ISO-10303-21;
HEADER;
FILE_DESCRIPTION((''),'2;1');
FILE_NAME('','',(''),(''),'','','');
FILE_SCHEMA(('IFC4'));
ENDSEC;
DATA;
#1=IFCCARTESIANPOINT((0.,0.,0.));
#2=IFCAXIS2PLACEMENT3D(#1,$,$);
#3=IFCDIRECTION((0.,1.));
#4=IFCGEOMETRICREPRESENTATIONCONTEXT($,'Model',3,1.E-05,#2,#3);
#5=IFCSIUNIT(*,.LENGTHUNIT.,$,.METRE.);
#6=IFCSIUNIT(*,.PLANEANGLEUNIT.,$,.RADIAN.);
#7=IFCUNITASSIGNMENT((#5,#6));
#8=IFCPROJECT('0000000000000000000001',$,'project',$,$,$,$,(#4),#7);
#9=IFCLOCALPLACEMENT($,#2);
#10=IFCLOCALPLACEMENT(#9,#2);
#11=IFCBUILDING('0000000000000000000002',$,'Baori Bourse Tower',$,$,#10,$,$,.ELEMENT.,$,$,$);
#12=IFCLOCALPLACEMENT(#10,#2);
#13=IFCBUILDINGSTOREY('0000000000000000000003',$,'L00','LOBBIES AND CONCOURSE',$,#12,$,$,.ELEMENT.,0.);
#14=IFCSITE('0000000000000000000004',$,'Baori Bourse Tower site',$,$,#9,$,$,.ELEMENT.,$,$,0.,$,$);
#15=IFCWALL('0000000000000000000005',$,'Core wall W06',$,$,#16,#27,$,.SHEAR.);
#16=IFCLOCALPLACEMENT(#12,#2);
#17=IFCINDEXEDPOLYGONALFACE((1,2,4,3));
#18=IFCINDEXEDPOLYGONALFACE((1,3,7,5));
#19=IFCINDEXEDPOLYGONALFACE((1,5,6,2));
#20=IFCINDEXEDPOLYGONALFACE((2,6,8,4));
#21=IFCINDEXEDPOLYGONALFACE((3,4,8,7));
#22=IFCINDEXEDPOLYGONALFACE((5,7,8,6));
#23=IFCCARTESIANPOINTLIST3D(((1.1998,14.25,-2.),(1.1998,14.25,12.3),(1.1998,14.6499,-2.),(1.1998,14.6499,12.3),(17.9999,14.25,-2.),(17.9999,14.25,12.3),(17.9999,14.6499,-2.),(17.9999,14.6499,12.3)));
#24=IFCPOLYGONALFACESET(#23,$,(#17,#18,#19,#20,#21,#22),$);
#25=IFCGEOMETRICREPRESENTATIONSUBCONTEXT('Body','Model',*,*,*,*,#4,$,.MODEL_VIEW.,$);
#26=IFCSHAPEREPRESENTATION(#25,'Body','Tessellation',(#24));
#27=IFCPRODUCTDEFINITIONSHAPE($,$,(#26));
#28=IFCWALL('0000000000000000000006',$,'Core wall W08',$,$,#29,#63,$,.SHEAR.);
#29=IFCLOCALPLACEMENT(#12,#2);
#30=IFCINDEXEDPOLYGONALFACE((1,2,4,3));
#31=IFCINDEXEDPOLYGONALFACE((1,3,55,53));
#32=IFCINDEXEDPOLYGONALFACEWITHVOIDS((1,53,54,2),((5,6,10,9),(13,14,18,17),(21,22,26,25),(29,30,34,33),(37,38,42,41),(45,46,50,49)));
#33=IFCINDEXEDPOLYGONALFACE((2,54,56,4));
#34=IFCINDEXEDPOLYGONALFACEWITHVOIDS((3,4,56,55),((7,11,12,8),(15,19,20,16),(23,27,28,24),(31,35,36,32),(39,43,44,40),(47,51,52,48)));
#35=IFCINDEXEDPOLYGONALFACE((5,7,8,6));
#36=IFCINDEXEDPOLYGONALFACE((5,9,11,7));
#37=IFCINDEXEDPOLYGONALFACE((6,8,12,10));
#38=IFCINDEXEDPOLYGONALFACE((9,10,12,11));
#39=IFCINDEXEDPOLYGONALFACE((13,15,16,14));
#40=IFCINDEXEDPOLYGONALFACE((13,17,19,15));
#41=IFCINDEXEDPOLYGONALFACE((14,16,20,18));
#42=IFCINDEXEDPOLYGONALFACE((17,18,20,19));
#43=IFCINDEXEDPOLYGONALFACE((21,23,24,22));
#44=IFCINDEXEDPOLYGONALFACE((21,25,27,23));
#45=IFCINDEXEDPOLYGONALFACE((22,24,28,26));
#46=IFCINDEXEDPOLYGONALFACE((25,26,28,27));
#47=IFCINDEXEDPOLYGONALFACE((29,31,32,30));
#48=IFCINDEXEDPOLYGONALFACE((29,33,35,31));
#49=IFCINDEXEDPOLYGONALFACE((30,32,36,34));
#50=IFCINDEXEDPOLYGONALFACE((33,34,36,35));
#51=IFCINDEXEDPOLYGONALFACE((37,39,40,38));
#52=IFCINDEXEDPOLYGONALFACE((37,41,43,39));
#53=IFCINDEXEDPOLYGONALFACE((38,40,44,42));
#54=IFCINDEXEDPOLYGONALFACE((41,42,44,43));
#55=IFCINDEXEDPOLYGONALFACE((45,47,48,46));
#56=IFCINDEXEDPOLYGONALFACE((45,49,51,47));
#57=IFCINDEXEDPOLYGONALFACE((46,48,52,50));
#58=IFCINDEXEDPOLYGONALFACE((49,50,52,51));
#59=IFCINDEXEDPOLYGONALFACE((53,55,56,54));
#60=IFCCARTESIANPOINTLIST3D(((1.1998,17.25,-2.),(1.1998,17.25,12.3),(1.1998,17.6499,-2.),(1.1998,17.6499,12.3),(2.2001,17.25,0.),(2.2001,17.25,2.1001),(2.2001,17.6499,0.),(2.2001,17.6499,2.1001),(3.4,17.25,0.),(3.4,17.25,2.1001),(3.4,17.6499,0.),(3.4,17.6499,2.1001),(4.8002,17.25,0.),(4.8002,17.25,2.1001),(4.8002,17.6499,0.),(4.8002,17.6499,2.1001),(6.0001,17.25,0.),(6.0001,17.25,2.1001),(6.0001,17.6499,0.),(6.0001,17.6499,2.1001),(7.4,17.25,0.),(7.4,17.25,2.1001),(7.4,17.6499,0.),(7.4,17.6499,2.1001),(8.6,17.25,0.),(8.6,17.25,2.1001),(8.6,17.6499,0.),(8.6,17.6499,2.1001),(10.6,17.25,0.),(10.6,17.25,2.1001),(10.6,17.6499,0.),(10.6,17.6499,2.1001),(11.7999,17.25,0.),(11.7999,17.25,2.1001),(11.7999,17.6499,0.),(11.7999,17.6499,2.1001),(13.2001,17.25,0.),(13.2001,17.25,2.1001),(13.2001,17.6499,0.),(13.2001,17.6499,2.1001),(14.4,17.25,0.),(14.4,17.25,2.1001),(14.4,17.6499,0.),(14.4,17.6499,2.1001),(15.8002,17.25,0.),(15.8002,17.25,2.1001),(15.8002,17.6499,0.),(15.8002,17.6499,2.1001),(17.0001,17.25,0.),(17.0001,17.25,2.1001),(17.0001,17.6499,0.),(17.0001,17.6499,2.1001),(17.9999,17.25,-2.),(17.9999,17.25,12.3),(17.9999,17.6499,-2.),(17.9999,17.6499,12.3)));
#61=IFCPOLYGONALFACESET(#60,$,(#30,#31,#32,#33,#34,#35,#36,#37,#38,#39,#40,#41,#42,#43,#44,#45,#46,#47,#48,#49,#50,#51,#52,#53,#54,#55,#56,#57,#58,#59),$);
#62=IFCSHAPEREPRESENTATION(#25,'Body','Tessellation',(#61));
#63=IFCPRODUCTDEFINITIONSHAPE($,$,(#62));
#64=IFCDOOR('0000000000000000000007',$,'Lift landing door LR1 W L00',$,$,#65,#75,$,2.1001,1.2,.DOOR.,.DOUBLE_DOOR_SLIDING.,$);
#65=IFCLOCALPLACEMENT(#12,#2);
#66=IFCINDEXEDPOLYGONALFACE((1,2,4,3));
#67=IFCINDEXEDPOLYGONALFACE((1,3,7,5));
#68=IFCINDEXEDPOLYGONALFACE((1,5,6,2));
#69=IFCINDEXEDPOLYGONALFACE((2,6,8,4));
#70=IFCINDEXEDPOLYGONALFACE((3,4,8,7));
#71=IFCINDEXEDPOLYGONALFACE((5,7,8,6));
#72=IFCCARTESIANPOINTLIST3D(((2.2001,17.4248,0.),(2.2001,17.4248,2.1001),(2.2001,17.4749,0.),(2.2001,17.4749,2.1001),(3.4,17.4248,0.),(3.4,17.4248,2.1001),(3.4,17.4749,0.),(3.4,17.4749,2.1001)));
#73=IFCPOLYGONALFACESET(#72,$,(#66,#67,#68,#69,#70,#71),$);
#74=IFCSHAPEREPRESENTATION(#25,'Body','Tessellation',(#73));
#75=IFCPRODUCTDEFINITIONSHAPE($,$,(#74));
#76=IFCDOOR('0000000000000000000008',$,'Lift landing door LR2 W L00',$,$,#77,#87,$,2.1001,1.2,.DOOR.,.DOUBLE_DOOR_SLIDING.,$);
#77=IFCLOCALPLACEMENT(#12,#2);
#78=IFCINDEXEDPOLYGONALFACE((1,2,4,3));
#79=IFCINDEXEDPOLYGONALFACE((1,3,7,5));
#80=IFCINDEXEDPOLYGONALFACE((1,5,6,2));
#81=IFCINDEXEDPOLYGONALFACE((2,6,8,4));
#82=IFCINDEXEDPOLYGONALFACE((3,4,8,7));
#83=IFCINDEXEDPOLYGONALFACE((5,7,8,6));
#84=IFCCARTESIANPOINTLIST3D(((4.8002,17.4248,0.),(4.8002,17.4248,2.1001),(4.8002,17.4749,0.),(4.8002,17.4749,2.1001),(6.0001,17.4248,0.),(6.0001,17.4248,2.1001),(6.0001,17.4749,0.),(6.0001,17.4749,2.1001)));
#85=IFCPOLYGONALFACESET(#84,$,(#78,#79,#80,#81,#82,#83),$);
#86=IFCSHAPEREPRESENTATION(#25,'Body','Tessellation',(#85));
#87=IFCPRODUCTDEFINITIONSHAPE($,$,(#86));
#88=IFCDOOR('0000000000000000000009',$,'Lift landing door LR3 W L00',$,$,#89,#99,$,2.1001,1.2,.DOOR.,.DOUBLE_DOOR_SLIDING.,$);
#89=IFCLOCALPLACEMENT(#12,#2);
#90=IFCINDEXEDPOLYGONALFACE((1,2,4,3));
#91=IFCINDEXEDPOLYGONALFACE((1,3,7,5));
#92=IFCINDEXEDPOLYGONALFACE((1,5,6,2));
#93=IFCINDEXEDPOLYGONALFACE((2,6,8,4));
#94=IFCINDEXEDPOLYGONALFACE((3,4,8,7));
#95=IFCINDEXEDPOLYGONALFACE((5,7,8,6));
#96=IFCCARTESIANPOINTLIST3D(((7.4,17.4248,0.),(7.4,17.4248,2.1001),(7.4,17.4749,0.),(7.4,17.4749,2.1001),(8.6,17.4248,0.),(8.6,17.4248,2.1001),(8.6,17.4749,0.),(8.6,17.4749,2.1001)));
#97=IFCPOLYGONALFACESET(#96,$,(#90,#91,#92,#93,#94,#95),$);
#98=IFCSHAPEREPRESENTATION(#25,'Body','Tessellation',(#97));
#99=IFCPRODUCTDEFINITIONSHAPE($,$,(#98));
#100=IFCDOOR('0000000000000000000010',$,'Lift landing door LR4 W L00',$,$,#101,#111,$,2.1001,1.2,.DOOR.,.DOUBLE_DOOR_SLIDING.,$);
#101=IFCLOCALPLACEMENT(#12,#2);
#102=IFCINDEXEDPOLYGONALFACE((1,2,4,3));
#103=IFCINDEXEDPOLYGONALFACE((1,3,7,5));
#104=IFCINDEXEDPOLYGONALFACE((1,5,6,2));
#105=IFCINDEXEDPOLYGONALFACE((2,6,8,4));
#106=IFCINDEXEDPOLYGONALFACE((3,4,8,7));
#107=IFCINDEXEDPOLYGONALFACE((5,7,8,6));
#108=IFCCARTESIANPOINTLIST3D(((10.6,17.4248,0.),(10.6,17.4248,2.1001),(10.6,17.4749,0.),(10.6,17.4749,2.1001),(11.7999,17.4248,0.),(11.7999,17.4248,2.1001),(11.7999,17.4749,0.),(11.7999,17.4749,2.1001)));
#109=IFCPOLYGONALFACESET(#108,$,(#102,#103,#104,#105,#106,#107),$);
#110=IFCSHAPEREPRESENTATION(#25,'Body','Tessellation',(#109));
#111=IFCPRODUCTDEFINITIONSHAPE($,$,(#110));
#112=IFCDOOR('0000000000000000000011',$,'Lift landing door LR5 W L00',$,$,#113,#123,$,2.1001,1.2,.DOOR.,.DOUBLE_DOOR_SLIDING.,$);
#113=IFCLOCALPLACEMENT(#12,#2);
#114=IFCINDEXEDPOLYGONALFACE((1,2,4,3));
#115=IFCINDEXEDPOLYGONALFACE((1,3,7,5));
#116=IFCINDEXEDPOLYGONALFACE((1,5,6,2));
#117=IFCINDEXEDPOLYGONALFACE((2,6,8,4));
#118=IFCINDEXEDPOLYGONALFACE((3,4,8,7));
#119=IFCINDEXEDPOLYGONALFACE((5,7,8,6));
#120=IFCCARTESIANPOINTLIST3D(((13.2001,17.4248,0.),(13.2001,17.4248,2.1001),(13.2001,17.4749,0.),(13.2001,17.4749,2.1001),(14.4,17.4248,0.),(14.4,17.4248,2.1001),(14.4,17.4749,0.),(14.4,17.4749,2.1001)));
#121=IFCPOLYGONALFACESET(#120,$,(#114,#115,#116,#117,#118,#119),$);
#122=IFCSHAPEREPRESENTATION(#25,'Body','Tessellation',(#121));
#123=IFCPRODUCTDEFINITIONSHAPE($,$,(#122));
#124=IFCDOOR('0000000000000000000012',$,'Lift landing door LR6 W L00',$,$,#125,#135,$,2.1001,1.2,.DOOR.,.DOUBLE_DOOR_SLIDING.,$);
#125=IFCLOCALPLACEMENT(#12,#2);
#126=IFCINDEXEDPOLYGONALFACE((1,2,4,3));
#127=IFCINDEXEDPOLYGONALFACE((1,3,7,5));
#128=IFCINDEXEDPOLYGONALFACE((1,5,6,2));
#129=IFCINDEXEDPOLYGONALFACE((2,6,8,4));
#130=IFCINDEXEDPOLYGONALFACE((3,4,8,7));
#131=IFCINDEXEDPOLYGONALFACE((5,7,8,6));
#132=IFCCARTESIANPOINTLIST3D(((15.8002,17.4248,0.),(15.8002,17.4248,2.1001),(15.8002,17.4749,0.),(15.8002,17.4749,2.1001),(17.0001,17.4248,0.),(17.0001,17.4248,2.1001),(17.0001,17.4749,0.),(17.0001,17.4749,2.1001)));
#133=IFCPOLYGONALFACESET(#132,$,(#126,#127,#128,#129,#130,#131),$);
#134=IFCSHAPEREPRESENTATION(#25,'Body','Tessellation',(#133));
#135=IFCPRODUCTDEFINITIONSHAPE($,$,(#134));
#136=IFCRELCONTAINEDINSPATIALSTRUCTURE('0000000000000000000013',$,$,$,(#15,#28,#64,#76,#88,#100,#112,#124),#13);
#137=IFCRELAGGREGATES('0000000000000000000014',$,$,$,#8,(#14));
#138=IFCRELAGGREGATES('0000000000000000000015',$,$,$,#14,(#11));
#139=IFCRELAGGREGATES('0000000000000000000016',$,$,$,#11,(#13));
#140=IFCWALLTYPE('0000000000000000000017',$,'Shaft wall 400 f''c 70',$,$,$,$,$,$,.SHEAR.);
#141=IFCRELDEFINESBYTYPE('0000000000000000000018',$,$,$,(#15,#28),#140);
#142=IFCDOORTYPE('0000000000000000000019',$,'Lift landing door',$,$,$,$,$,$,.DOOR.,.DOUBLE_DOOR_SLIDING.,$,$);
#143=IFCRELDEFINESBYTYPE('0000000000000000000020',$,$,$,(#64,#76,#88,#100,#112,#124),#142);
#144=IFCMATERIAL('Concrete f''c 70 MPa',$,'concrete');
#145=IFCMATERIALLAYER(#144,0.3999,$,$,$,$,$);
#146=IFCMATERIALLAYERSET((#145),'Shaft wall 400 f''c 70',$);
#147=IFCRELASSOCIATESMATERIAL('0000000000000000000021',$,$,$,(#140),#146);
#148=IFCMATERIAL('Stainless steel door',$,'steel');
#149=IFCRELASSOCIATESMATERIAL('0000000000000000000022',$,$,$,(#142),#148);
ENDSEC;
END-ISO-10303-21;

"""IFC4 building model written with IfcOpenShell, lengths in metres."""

from ifc_helpers import new_model, si_unit, direction, frame, frame_2d, origin, place, context, subcontext, project, spatial, rectangle, extrude, material, layer, layer_set, type_object, element, fill, save


model = new_model("IFC4")

# Units and contexts
model_context = context("Model", 3, precision=1e-05, world=origin(), true_north=direction((0.0, 1.0)))
body_context = subcontext(model_context, "Body", "Model", "MODEL_VIEW")
ifc_project = project(units=[si_unit("LENGTHUNIT", "METRE"), si_unit("PLANEANGLEUNIT", "RADIAN")], contexts=[model_context])

# Site, building, storey
site_placement = place(None, origin())
site = spatial("IfcSite", under=ifc_project, at=site_placement, Name="Baori Bourse Tower site", CompositionType="ELEMENT", RefElevation=0.0)
building_placement = place(site_placement, origin())
building = spatial("IfcBuilding", under=site, at=building_placement, Name="Baori Bourse Tower", CompositionType="ELEMENT")
storey_placement = place(building_placement, origin())
storey = spatial("IfcBuildingStorey", under=building, at=storey_placement, Name="L00", Description="LOBBIES AND CONCOURSE", CompositionType="ELEMENT", Elevation=0.0)

# Wall
ifc_material_1 = material(Name="Concrete f'c 70 MPa", Category="concrete")
ifc_layer = layer(ifc_material_1, 0.3999)
ifc_layer_set = layer_set([ifc_layer], Name="Shaft wall 400 f'c 70")
wall_type = type_object("IfcWallType", Name="Shaft wall 400 f'c 70", PredefinedType="SHEAR", material=ifc_layer_set)
wall_1_placement = place(storey_placement, frame((1.2, 14.45, -2.0), z_axis=(0.0, 0.0, 1.0), x_axis=(1.0, 0.0, 0.0)))
element("IfcWall", 1, at=wall_1_placement, inside=storey, type_object=wall_type, Name="Core wall W06", PredefinedType="SHEAR", context=body_context, shape_type="SweptSolid", body=[
    extrude(rectangle(XDim=16.8, YDim=0.3999, at=frame_2d((8.3999, 0.0))), origin(), (0.0, 0.0, 1.0), 14.3),
])

# Wall, openings, doors
wall_2_placement = place(storey_placement, frame((1.2, 17.45, -2.0), z_axis=(0.0, 0.0, 1.0), x_axis=(1.0, 0.0, 0.0)))
wall_2 = element("IfcWall", 2, at=wall_2_placement, inside=storey, type_object=wall_type, Name="Core wall W08", PredefinedType="SHEAR", context=body_context, shape_type="SweptSolid", body=[
    extrude(rectangle(XDim=16.8, YDim=0.3999, at=frame_2d((8.3999, 0.0))), origin(), (0.0, 0.0, 1.0), 14.3),
])
opening_1_placement = place(wall_2_placement, frame((1.0, 0.0, 2.0)))
opening_1 = element("IfcOpeningElement", 3, at=opening_1_placement, cuts=wall_2, PredefinedType="OPENING", context=body_context, shape_type="SweptSolid", body=[
    extrude(rectangle(XDim=1.2, YDim=2.1001, at=frame_2d((0.6001, 1.05))), frame((0.0, 0.21, 0.0), z_axis=(0.0, -1.0, 0.0), x_axis=(1.0, 0.0, 0.0)), (0.0, 0.0, 1.0), 0.4199),
])
opening_2_placement = place(wall_2_placement, frame((3.6001, 0.0, 2.0)))
opening_2 = element("IfcOpeningElement", 4, at=opening_2_placement, cuts=wall_2, PredefinedType="OPENING", context=body_context, shape_type="SweptSolid", body=[
    extrude(rectangle(XDim=1.2, YDim=2.1001, at=frame_2d((0.6001, 1.05))), frame((0.0, 0.21, 0.0), z_axis=(0.0, -1.0, 0.0), x_axis=(1.0, 0.0, 0.0)), (0.0, 0.0, 1.0), 0.4199),
])
opening_3_placement = place(wall_2_placement, frame((6.2, 0.0, 2.0)))
opening_3 = element("IfcOpeningElement", 5, at=opening_3_placement, cuts=wall_2, PredefinedType="OPENING", context=body_context, shape_type="SweptSolid", body=[
    extrude(rectangle(XDim=1.2, YDim=2.1001, at=frame_2d((0.6001, 1.05))), frame((0.0, 0.21, 0.0), z_axis=(0.0, -1.0, 0.0), x_axis=(1.0, 0.0, 0.0)), (0.0, 0.0, 1.0), 0.4199),
])
opening_4_placement = place(wall_2_placement, frame((9.3999, 0.0, 2.0)))
opening_4 = element("IfcOpeningElement", 6, at=opening_4_placement, cuts=wall_2, PredefinedType="OPENING", context=body_context, shape_type="SweptSolid", body=[
    extrude(rectangle(XDim=1.2, YDim=2.1001, at=frame_2d((0.6001, 1.05))), frame((0.0, 0.21, 0.0), z_axis=(0.0, -1.0, 0.0), x_axis=(1.0, 0.0, 0.0)), (0.0, 0.0, 1.0), 0.4199),
])
opening_5_placement = place(wall_2_placement, frame((12.0, 0.0, 2.0)))
opening_5 = element("IfcOpeningElement", 7, at=opening_5_placement, cuts=wall_2, PredefinedType="OPENING", context=body_context, shape_type="SweptSolid", body=[
    extrude(rectangle(XDim=1.2, YDim=2.1001, at=frame_2d((0.6001, 1.05))), frame((0.0, 0.21, 0.0), z_axis=(0.0, -1.0, 0.0), x_axis=(1.0, 0.0, 0.0)), (0.0, 0.0, 1.0), 0.4199),
])
opening_6_placement = place(wall_2_placement, frame((14.6001, 0.0, 2.0)))
opening_6 = element("IfcOpeningElement", 8, at=opening_6_placement, cuts=wall_2, PredefinedType="OPENING", context=body_context, shape_type="SweptSolid", body=[
    extrude(rectangle(XDim=1.2, YDim=2.1001, at=frame_2d((0.6001, 1.05))), frame((0.0, 0.21, 0.0), z_axis=(0.0, -1.0, 0.0), x_axis=(1.0, 0.0, 0.0)), (0.0, 0.0, 1.0), 0.4199),
])
ifc_material_2 = material(Name="Stainless steel door", Category="steel")
door_type_1 = type_object("IfcDoorType", Name="Lift landing door", OperationType="DOUBLE_DOOR_SLIDING", PredefinedType="DOOR", material=ifc_material_2)
door_1_placement = place(opening_1_placement, origin())
door_1 = element("IfcDoor", 9, at=door_1_placement, inside=storey, type_object=door_type_1, Name="Lift landing door LR1 W L00", OperationType="DOUBLE_DOOR_SLIDING", OverallHeight=2.1001, OverallWidth=1.2, PredefinedType="DOOR", context=body_context, shape_type="SweptSolid", body=[
    extrude(rectangle(XDim=1.2, YDim=2.1001, at=frame_2d((0.6001, 1.05))), frame((0.0, 0.0249, 0.0), z_axis=(0.0, -1.0, 0.0), x_axis=(1.0, 0.0, 0.0)), (0.0, 0.0, 1.0), 0.05),
])
fill(opening_1, door_1)
door_2_placement = place(opening_2_placement, origin())
door_2 = element("IfcDoor", 10, at=door_2_placement, inside=storey, type_object=door_type_1, Name="Lift landing door LR2 W L00", OperationType="DOUBLE_DOOR_SLIDING", OverallHeight=2.1001, OverallWidth=1.2, PredefinedType="DOOR", context=body_context, shape_type="SweptSolid", body=[
    extrude(rectangle(XDim=1.2, YDim=2.1001, at=frame_2d((0.6001, 1.05))), frame((0.0, 0.0249, 0.0), z_axis=(0.0, -1.0, 0.0), x_axis=(1.0, 0.0, 0.0)), (0.0, 0.0, 1.0), 0.05),
])
fill(opening_2, door_2)
door_3_placement = place(opening_3_placement, origin())
door_3 = element("IfcDoor", 11, at=door_3_placement, inside=storey, type_object=door_type_1, Name="Lift landing door LR3 W L00", OperationType="DOUBLE_DOOR_SLIDING", OverallHeight=2.1001, OverallWidth=1.2, PredefinedType="DOOR", context=body_context, shape_type="SweptSolid", body=[
    extrude(rectangle(XDim=1.2, YDim=2.1001, at=frame_2d((0.6001, 1.05))), frame((0.0, 0.0249, 0.0), z_axis=(0.0, -1.0, 0.0), x_axis=(1.0, 0.0, 0.0)), (0.0, 0.0, 1.0), 0.05),
])
fill(opening_3, door_3)
door_4_placement = place(opening_4_placement, origin())
door_4 = element("IfcDoor", 12, at=door_4_placement, inside=storey, type_object=door_type_1, Name="Lift landing door LR4 W L00", OperationType="DOUBLE_DOOR_SLIDING", OverallHeight=2.1001, OverallWidth=1.2, PredefinedType="DOOR", context=body_context, shape_type="SweptSolid", body=[
    extrude(rectangle(XDim=1.2, YDim=2.1001, at=frame_2d((0.6001, 1.05))), frame((0.0, 0.0249, 0.0), z_axis=(0.0, -1.0, 0.0), x_axis=(1.0, 0.0, 0.0)), (0.0, 0.0, 1.0), 0.05),
])
fill(opening_4, door_4)
door_5_placement = place(opening_5_placement, origin())
door_5 = element("IfcDoor", 13, at=door_5_placement, inside=storey, type_object=door_type_1, Name="Lift landing door LR5 W L00", OperationType="DOUBLE_DOOR_SLIDING", OverallHeight=2.1001, OverallWidth=1.2, PredefinedType="DOOR", context=body_context, shape_type="SweptSolid", body=[
    extrude(rectangle(XDim=1.2, YDim=2.1001, at=frame_2d((0.6001, 1.05))), frame((0.0, 0.0249, 0.0), z_axis=(0.0, -1.0, 0.0), x_axis=(1.0, 0.0, 0.0)), (0.0, 0.0, 1.0), 0.05),
])
fill(opening_5, door_5)
door_6_placement = place(opening_6_placement, origin())
door_6 = element("IfcDoor", 14, at=door_6_placement, inside=storey, type_object=door_type_1, Name="Lift landing door LR6 W L00", OperationType="DOUBLE_DOOR_SLIDING", OverallHeight=2.1001, OverallWidth=1.2, PredefinedType="DOOR", context=body_context, shape_type="SweptSolid", body=[
    extrude(rectangle(XDim=1.2, YDim=2.1001, at=frame_2d((0.6001, 1.05))), frame((0.0, 0.0249, 0.0), z_axis=(0.0, -1.0, 0.0), x_axis=(1.0, 0.0, 0.0)), (0.0, 0.0, 1.0), 0.05),
])
fill(opening_6, door_6)

save(model, "model.ifc")
